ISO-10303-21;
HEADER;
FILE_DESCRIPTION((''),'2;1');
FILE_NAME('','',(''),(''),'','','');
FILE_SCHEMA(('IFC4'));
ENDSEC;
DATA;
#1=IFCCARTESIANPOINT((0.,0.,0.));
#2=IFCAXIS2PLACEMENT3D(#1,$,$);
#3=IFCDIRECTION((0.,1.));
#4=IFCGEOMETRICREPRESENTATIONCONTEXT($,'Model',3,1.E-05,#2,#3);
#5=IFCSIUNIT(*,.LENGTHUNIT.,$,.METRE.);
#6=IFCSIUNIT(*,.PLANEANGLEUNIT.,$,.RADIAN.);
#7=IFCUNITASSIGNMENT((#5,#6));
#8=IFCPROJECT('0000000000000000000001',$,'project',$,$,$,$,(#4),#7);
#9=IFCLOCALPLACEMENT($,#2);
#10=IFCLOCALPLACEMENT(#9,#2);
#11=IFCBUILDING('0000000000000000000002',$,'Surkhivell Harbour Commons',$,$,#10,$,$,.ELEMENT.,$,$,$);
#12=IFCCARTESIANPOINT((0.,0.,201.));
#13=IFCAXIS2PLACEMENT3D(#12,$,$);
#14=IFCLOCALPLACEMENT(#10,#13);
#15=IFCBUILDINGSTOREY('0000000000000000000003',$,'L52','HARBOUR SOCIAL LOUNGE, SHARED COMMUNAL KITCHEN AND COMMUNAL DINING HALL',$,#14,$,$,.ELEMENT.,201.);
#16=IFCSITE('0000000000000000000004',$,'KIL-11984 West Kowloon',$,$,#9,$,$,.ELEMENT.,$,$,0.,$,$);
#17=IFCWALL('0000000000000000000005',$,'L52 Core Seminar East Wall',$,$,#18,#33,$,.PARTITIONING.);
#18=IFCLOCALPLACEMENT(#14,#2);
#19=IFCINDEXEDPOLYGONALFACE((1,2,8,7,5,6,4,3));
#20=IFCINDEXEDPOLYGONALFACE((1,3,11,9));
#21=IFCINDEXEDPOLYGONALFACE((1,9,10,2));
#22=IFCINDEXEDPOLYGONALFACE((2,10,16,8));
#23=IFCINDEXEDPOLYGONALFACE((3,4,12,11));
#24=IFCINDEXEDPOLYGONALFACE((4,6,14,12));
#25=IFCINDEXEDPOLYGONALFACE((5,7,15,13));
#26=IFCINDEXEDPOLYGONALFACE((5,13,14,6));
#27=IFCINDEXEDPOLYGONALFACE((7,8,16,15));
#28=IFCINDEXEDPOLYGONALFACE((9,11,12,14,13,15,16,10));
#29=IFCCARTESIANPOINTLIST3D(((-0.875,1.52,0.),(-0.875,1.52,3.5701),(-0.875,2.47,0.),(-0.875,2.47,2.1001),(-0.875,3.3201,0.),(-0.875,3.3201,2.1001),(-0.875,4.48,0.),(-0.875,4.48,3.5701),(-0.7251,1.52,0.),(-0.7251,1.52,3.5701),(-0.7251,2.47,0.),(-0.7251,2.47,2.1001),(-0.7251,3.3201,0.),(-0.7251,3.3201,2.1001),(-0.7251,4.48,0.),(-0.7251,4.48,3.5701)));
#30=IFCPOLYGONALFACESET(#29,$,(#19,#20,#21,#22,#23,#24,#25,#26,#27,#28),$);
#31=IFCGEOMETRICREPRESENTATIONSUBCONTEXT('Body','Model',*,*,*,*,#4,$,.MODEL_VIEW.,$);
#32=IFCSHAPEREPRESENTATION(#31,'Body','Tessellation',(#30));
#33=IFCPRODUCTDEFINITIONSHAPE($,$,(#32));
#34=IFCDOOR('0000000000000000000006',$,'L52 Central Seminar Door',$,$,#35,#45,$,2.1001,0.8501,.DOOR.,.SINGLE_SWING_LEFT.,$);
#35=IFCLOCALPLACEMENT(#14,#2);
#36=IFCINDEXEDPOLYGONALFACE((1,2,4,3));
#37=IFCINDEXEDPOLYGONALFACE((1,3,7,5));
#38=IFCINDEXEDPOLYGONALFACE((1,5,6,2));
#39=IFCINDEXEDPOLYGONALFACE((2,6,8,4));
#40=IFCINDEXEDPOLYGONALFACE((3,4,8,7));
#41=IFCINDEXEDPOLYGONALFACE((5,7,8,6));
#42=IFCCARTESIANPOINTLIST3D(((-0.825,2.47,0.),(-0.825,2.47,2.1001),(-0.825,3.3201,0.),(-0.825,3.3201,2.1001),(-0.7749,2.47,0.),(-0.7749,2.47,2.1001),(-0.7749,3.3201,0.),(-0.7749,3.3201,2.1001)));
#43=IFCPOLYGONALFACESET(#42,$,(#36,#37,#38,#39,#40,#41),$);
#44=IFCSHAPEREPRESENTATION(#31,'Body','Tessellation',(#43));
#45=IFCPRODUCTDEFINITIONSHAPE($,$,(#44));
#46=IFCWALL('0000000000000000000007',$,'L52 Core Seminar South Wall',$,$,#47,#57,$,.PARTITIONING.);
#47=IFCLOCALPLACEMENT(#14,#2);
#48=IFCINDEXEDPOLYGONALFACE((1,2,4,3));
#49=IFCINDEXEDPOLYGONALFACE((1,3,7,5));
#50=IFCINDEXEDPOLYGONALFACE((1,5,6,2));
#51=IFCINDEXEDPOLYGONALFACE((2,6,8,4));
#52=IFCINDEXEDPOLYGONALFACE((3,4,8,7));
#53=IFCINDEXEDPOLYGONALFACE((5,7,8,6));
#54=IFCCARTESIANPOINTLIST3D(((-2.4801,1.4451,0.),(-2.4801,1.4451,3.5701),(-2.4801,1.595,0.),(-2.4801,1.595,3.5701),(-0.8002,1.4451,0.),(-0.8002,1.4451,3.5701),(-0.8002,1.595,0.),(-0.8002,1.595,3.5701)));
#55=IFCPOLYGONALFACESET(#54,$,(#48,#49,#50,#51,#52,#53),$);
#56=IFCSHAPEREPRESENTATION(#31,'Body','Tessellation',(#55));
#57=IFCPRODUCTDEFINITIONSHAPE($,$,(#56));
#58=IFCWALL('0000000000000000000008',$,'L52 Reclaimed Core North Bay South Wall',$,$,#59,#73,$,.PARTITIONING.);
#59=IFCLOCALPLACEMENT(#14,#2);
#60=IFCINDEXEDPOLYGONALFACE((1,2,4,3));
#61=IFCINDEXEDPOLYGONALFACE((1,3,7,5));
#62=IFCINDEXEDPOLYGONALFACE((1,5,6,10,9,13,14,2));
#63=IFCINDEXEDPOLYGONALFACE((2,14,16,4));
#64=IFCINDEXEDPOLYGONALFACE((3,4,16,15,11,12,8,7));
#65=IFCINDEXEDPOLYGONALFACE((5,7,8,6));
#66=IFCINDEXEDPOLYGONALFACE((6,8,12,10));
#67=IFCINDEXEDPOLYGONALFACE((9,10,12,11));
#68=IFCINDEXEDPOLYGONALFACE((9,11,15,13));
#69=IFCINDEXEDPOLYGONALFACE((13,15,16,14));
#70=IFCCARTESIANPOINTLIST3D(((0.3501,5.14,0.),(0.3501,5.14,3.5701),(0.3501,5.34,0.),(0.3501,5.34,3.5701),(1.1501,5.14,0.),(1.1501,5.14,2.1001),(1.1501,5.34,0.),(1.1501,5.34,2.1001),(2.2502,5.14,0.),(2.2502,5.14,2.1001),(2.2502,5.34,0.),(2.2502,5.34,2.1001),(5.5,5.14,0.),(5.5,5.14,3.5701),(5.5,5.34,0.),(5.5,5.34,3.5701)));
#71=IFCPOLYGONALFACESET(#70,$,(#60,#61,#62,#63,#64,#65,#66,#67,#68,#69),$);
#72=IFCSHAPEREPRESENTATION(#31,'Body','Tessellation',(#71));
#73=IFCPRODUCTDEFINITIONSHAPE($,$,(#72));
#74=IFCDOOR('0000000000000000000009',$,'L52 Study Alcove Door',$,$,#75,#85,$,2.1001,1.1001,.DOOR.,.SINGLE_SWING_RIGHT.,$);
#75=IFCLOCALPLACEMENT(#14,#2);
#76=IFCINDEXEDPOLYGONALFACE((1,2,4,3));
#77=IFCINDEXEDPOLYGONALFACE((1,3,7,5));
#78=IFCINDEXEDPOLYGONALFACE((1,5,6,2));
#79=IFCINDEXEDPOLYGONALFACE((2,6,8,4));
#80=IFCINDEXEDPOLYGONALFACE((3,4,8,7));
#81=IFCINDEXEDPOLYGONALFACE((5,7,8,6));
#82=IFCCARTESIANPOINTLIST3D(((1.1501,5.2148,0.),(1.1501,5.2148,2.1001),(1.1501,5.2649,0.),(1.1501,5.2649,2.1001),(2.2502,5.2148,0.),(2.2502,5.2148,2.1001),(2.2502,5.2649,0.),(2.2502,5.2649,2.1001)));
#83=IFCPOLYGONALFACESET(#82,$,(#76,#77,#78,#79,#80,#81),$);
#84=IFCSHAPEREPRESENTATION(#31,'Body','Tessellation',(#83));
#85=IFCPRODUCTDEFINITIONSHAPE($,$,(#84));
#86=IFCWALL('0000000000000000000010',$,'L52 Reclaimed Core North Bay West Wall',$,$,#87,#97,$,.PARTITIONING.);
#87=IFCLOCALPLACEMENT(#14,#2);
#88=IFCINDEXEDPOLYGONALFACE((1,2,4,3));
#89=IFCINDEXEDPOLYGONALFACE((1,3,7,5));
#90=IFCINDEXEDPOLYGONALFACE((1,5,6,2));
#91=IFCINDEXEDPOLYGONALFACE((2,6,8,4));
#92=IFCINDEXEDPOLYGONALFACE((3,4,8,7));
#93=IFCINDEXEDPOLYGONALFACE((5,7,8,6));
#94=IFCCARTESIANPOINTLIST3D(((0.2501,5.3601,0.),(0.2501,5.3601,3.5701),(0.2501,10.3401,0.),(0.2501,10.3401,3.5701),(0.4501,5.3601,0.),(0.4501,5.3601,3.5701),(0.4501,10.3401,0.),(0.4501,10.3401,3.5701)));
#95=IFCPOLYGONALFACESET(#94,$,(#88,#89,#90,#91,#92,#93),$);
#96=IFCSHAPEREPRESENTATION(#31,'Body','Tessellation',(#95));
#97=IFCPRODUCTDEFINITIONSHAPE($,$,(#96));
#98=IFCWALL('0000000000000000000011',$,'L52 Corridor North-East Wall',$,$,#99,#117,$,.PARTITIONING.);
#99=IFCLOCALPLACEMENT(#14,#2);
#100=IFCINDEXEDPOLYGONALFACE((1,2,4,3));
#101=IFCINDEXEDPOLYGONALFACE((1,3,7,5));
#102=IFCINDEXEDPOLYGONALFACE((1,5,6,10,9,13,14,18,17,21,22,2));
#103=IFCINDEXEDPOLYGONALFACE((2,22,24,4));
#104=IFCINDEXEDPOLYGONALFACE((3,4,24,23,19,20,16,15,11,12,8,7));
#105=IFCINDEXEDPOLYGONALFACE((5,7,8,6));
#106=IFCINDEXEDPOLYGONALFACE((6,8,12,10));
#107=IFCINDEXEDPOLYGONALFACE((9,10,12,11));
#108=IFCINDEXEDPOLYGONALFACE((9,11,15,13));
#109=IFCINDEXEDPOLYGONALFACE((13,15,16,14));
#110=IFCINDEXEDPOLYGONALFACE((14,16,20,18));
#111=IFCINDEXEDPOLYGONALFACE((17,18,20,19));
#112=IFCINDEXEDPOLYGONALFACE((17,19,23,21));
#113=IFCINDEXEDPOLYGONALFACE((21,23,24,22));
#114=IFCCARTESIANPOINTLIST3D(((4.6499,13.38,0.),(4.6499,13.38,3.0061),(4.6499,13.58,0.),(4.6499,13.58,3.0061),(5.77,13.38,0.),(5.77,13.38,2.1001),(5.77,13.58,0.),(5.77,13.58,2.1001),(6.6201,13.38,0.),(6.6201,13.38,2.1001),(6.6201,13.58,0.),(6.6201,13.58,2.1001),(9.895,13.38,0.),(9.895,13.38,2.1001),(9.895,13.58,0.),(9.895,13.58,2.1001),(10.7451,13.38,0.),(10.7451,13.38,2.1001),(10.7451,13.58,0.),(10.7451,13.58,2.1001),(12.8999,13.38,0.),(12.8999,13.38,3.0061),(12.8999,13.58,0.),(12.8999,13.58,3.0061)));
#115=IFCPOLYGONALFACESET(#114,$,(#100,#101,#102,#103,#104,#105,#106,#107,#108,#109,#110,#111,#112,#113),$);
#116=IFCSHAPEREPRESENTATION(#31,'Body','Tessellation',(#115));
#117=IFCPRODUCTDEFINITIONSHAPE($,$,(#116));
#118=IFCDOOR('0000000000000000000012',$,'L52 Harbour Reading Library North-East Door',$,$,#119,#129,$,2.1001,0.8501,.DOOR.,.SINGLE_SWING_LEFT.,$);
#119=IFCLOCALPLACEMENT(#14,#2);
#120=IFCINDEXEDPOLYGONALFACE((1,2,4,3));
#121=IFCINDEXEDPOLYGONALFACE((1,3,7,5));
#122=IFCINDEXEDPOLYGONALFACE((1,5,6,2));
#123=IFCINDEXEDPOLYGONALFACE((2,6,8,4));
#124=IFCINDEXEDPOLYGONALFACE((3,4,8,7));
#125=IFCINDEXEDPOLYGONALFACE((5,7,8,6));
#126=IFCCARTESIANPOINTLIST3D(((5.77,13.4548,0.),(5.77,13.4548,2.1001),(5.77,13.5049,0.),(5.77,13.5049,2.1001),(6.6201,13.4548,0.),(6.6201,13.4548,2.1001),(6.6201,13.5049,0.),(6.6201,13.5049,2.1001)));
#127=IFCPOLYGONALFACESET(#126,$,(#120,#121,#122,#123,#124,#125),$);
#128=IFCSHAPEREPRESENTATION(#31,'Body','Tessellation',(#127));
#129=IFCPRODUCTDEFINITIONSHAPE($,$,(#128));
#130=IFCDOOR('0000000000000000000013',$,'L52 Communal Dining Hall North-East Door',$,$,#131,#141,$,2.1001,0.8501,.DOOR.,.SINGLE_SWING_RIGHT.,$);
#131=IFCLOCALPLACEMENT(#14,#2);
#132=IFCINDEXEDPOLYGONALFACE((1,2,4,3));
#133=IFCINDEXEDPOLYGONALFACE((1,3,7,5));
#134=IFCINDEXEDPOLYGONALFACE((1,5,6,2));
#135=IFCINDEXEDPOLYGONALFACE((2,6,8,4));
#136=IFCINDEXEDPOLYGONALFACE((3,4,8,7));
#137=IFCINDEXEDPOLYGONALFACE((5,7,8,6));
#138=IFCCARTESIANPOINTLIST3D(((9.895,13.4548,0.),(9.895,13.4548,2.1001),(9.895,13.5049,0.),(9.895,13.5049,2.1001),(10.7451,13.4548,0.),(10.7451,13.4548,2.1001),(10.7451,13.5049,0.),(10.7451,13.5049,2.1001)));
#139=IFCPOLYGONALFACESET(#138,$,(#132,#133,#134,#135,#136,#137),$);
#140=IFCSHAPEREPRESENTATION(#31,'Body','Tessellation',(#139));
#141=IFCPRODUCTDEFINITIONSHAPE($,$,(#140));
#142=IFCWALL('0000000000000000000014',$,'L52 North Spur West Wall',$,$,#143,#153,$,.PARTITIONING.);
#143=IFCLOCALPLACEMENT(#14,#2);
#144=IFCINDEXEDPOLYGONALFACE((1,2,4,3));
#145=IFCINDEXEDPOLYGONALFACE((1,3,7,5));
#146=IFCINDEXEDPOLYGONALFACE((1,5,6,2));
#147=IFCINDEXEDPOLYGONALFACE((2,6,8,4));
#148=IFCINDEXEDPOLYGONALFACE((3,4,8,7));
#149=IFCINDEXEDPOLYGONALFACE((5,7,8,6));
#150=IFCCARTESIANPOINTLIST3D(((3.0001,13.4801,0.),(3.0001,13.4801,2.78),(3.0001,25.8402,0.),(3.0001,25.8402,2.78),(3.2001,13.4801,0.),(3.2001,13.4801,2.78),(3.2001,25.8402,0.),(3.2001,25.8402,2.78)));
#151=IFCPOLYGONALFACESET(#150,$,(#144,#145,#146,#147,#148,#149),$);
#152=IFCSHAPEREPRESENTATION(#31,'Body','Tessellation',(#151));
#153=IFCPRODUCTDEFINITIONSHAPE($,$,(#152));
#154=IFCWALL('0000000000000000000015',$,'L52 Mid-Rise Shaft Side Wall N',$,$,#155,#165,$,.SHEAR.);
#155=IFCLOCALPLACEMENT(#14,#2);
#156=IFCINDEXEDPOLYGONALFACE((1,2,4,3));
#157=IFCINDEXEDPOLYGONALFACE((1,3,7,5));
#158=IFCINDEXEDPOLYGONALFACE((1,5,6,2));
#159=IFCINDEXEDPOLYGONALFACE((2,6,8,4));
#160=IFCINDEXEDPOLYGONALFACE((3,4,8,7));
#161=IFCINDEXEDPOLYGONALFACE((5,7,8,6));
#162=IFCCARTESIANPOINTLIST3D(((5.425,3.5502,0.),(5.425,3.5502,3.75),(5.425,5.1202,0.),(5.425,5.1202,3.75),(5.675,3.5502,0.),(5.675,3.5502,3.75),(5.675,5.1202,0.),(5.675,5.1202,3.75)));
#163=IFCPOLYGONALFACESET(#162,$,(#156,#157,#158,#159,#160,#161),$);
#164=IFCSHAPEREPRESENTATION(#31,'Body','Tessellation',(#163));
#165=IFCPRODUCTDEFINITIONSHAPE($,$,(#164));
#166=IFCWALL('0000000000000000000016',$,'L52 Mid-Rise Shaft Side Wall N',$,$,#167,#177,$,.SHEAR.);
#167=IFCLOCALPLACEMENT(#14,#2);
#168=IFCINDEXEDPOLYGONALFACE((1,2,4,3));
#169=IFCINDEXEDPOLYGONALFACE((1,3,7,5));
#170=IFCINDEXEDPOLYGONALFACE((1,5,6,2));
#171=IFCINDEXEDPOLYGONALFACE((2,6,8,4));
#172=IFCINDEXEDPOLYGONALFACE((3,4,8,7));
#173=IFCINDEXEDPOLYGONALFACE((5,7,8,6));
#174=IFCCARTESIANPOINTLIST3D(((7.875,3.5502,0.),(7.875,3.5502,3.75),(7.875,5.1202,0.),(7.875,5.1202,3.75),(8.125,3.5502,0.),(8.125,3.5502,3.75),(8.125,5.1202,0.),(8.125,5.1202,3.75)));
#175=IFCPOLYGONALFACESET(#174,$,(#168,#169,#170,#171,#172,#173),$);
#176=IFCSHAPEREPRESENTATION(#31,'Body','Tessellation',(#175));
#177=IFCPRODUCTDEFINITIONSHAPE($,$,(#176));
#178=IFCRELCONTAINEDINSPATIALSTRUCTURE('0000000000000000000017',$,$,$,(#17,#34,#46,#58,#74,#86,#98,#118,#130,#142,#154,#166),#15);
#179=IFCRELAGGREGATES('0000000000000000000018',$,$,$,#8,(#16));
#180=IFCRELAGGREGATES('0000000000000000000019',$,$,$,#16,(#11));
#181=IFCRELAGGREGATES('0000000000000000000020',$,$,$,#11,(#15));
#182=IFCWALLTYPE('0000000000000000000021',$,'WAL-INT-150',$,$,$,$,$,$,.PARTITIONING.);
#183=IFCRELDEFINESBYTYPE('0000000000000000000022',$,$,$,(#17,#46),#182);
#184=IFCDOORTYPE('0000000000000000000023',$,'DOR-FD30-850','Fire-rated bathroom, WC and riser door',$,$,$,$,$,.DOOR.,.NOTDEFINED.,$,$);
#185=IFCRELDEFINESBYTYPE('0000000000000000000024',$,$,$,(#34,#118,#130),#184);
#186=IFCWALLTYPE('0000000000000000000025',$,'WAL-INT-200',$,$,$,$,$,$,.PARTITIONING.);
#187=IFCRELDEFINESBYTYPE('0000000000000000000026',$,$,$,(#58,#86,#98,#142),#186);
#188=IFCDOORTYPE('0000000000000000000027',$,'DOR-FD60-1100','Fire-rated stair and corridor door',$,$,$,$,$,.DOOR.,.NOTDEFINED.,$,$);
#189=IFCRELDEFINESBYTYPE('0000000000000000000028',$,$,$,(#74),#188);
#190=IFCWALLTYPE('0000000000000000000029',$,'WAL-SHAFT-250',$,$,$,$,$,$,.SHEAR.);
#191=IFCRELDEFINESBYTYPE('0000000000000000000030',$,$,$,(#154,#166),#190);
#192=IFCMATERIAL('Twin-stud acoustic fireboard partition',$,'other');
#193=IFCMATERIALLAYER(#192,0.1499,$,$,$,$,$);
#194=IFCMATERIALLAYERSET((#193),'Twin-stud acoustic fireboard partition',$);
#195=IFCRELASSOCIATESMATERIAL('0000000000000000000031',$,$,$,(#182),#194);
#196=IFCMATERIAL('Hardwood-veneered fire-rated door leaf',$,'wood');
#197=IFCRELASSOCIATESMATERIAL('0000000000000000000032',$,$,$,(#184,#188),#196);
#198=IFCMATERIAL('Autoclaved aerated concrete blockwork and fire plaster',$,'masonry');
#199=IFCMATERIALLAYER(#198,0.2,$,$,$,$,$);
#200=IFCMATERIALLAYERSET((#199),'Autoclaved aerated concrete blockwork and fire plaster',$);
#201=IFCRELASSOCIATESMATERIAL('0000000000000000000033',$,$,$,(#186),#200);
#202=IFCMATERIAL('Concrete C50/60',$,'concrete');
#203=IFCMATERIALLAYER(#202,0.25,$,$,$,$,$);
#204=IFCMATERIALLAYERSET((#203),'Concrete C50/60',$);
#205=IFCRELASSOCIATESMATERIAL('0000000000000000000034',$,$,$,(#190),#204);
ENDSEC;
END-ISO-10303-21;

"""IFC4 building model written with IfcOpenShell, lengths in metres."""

from ifc_helpers import new_model, si_unit, direction, frame, frame_2d, origin, place, context, subcontext, project, spatial, rectangle, extrude, material, layer, layer_set, type_object, element, fill, save


model = new_model("IFC4")

# Units and contexts
model_context = context("Model", 3, precision=1e-05, world=origin(), true_north=direction((0.0, 1.0)))
body_context = subcontext(model_context, "Body", "Model", "MODEL_VIEW")
ifc_project = project(units=[si_unit("LENGTHUNIT", "METRE"), si_unit("PLANEANGLEUNIT", "RADIAN")], contexts=[model_context])

# Site, building, storey
site_placement = place(None, origin())
site = spatial("IfcSite", under=ifc_project, at=site_placement, Name="KIL-11984 West Kowloon", CompositionType="ELEMENT", RefElevation=0.0)
building_placement = place(site_placement, origin())
building = spatial("IfcBuilding", under=site, at=building_placement, Name="Surkhivell Harbour Commons", CompositionType="ELEMENT")
storey_placement = place(building_placement, frame((0.0, 0.0, 201.0)))
storey = spatial("IfcBuildingStorey", under=building, at=storey_placement, Name="L52", Description="HARBOUR SOCIAL LOUNGE, SHARED COMMUNAL KITCHEN AND COMMUNAL DINING HALL", CompositionType="ELEMENT", Elevation=201.0)

# Shared definitions
ifc_material_1 = material(Name="Twin-stud acoustic fireboard partition", Category="other")
ifc_layer_1 = layer(ifc_material_1, 0.1499)
ifc_layer_set_1 = layer_set([ifc_layer_1], Name="Twin-stud acoustic fireboard partition")
wall_type_1 = type_object("IfcWallType", Name="WAL-INT-150", PredefinedType="PARTITIONING", material=ifc_layer_set_1)

# Wall, opening, door
ifc_material_2 = material(Name="Hardwood-veneered fire-rated door leaf", Category="wood")
door_type_1 = type_object("IfcDoorType", Name="DOR-FD30-850", Description="Fire-rated bathroom, WC and riser door", OperationType="NOTDEFINED", PredefinedType="DOOR", material=ifc_material_2)
wall_1_placement = place(storey_placement, frame((-0.8, 1.52, 0.0), z_axis=(0.0, 0.0, 1.0), x_axis=(0.0, 1.0, 0.0)))
wall_1 = element("IfcWall", 1, at=wall_1_placement, inside=storey, type_object=wall_type_1, Name="L52 Core Seminar East Wall", PredefinedType="PARTITIONING", context=body_context, shape_type="SweptSolid", body=[
    extrude(rectangle(XDim=2.96, YDim=0.1499, at=frame_2d((1.48, 0.0))), origin(), (0.0, 0.0, 1.0), 3.5701),
])
opening_1_placement = place(wall_1_placement, frame((0.95, 0.0, 0.0)))
opening_1 = element("IfcOpeningElement", 2, at=opening_1_placement, cuts=wall_1, PredefinedType="OPENING", context=body_context, shape_type="SweptSolid", body=[
    extrude(rectangle(XDim=0.8501, YDim=2.1001, at=frame_2d((0.425, 1.05))), frame((0.0, 0.085, 0.0), z_axis=(0.0, -1.0, 0.0), x_axis=(1.0, 0.0, 0.0)), (0.0, 0.0, 1.0), 0.1699),
])
door_1_placement = place(opening_1_placement, origin())
door_1 = element("IfcDoor", 3, at=door_1_placement, inside=storey, type_object=door_type_1, Name="L52 Central Seminar Door", OperationType="SINGLE_SWING_LEFT", OverallHeight=2.1001, OverallWidth=0.8501, PredefinedType="DOOR", context=body_context, shape_type="SweptSolid", body=[
    extrude(rectangle(XDim=0.8501, YDim=2.1001, at=frame_2d((0.425, 1.05))), frame((0.0, 0.0249, 0.0), z_axis=(0.0, -1.0, 0.0), x_axis=(1.0, 0.0, 0.0)), (0.0, 0.0, 1.0), 0.05),
])
fill(opening_1, door_1)

# Wall
wall_2_placement = place(storey_placement, frame((-2.48, 1.52, 0.0), z_axis=(0.0, 0.0, 1.0), x_axis=(1.0, 0.0, 0.0)))
element("IfcWall", 4, at=wall_2_placement, inside=storey, type_object=wall_type_1, Name="L52 Core Seminar South Wall", PredefinedType="PARTITIONING", context=body_context, shape_type="SweptSolid", body=[
    extrude(rectangle(XDim=1.6799, YDim=0.1499, at=frame_2d((0.8398, 0.0))), origin(), (0.0, 0.0, 1.0), 3.5701),
])

# Wall, opening, door
ifc_material_3 = material(Name="Autoclaved aerated concrete blockwork and fire plaster", Category="masonry")
ifc_layer_2 = layer(ifc_material_3, 0.2)
ifc_layer_set_2 = layer_set([ifc_layer_2], Name="Autoclaved aerated concrete blockwork and fire plaster")
wall_type_2 = type_object("IfcWallType", Name="WAL-INT-200", PredefinedType="PARTITIONING", material=ifc_layer_set_2)
wall_3_placement = place(storey_placement, frame((0.3501, 5.24, 0.0), z_axis=(0.0, 0.0, 1.0), x_axis=(1.0, 0.0, 0.0)))
wall_3 = element("IfcWall", 5, at=wall_3_placement, inside=storey, type_object=wall_type_2, Name="L52 Reclaimed Core North Bay South Wall", PredefinedType="PARTITIONING", context=body_context, shape_type="SweptSolid", body=[
    extrude(rectangle(XDim=5.1499, YDim=0.2, at=frame_2d((2.575, 0.0))), origin(), (0.0, 0.0, 1.0), 3.5701),
])
opening_2_placement = place(wall_3_placement, frame((0.8, 0.0, 0.0)))
opening_2 = element("IfcOpeningElement", 6, at=opening_2_placement, cuts=wall_3, PredefinedType="OPENING", context=body_context, shape_type="SweptSolid", body=[
    extrude(rectangle(XDim=1.1001, YDim=2.1001, at=frame_2d((0.55, 1.05))), frame((0.0, 0.1099, 0.0), z_axis=(0.0, -1.0, 0.0), x_axis=(1.0, 0.0, 0.0)), (0.0, 0.0, 1.0), 0.22),
])
door_type_2 = type_object("IfcDoorType", Name="DOR-FD60-1100", Description="Fire-rated stair and corridor door", OperationType="NOTDEFINED", PredefinedType="DOOR", material=ifc_material_2)
door_2_placement = place(opening_2_placement, origin())
door_2 = element("IfcDoor", 7, at=door_2_placement, inside=storey, type_object=door_type_2, Name="L52 Study Alcove Door", OperationType="SINGLE_SWING_RIGHT", OverallHeight=2.1001, OverallWidth=1.1001, PredefinedType="DOOR", context=body_context, shape_type="SweptSolid", body=[
    extrude(rectangle(XDim=1.1001, YDim=2.1001, at=frame_2d((0.55, 1.05))), frame((0.0, 0.0249, 0.0), z_axis=(0.0, -1.0, 0.0), x_axis=(1.0, 0.0, 0.0)), (0.0, 0.0, 1.0), 0.05),
])
fill(opening_2, door_2)

# Wall
wall_4_placement = place(storey_placement, frame((0.3501, 5.3601, 0.0), z_axis=(0.0, 0.0, 1.0), x_axis=(0.0, 1.0, 0.0)))
element("IfcWall", 8, at=wall_4_placement, inside=storey, type_object=wall_type_2, Name="L52 Reclaimed Core North Bay West Wall", PredefinedType="PARTITIONING", context=body_context, shape_type="SweptSolid", body=[
    extrude(rectangle(XDim=4.98, YDim=0.2, at=frame_2d((2.49, 0.0))), origin(), (0.0, 0.0, 1.0), 3.5701),
])

# Wall, openings, doors
wall_5_placement = place(storey_placement, frame((4.6499, 13.48, 0.0), z_axis=(0.0, 0.0, 1.0), x_axis=(1.0, 0.0, 0.0)))
wall_5 = element("IfcWall", 9, at=wall_5_placement, inside=storey, type_object=wall_type_2, Name="L52 Corridor North-East Wall", PredefinedType="PARTITIONING", context=body_context, shape_type="SweptSolid", body=[
    extrude(rectangle(XDim=8.25, YDim=0.2, at=frame_2d((4.125, 0.0))), origin(), (0.0, 0.0, 1.0), 3.0061),
])
opening_3_placement = place(wall_5_placement, frame((1.1201, 0.0, 0.0)))
opening_3 = element("IfcOpeningElement", 10, at=opening_3_placement, cuts=wall_5, PredefinedType="OPENING", context=body_context, shape_type="SweptSolid", body=[
    extrude(rectangle(XDim=0.8501, YDim=2.1001, at=frame_2d((0.425, 1.05))), frame((0.0, 0.1099, 0.0), z_axis=(0.0, -1.0, 0.0), x_axis=(1.0, 0.0, 0.0)), (0.0, 0.0, 1.0), 0.22),
])
opening_4_placement = place(wall_5_placement, frame((5.2451, 0.0, 0.0)))
opening_4 = element("IfcOpeningElement", 11, at=opening_4_placement, cuts=wall_5, PredefinedType="OPENING", context=body_context, shape_type="SweptSolid", body=[
    extrude(rectangle(XDim=0.8501, YDim=2.1001, at=frame_2d((0.425, 1.05))), frame((0.0, 0.1099, 0.0), z_axis=(0.0, -1.0, 0.0), x_axis=(1.0, 0.0, 0.0)), (0.0, 0.0, 1.0), 0.22),
])
door_3_placement = place(opening_3_placement, origin())
door_3 = element("IfcDoor", 12, at=door_3_placement, inside=storey, type_object=door_type_1, Name="L52 Harbour Reading Library North-East Door", OperationType="SINGLE_SWING_LEFT", OverallHeight=2.1001, OverallWidth=0.8501, PredefinedType="DOOR", context=body_context, shape_type="SweptSolid", body=[
    extrude(rectangle(XDim=0.8501, YDim=2.1001, at=frame_2d((0.425, 1.05))), frame((0.0, 0.0249, 0.0), z_axis=(0.0, -1.0, 0.0), x_axis=(1.0, 0.0, 0.0)), (0.0, 0.0, 1.0), 0.05),
])
fill(opening_3, door_3)
door_4_placement = place(opening_4_placement, origin())
door_4 = element("IfcDoor", 13, at=door_4_placement, inside=storey, type_object=door_type_1, Name="L52 Communal Dining Hall North-East Door", OperationType="SINGLE_SWING_RIGHT", OverallHeight=2.1001, OverallWidth=0.8501, PredefinedType="DOOR", context=body_context, shape_type="SweptSolid", body=[
    extrude(rectangle(XDim=0.8501, YDim=2.1001, at=frame_2d((0.425, 1.05))), frame((0.0, 0.0249, 0.0), z_axis=(0.0, -1.0, 0.0), x_axis=(1.0, 0.0, 0.0)), (0.0, 0.0, 1.0), 0.05),
])
fill(opening_4, door_4)

# Walls
wall_6_placement = place(storey_placement, frame((3.1001, 13.48, 0.0), z_axis=(0.0, 0.0, 1.0), x_axis=(0.0, 1.0, 0.0)))
element("IfcWall", 14, at=wall_6_placement, inside=storey, type_object=wall_type_2, Name="L52 North Spur West Wall", PredefinedType="PARTITIONING", context=body_context, shape_type="SweptSolid", body=[
    extrude(rectangle(XDim=12.3601, YDim=0.2, at=frame_2d((6.1802, 0.0))), origin(), (0.0, 0.0, 1.0), 2.78),
])
ifc_material_4 = material(Name="Concrete C50/60", Category="concrete")
ifc_layer_3 = layer(ifc_material_4, 0.25)
ifc_layer_set_3 = layer_set([ifc_layer_3], Name="Concrete C50/60")
wall_type_3 = type_object("IfcWallType", Name="WAL-SHAFT-250", PredefinedType="SHEAR", material=ifc_layer_set_3)
for number, where, z_axis, x_axis, name in (
    (15, (5.55, 3.55, 0.0), (0.0, 0.0, 1.0), (0.0, 1.0, 0.0), "L52 Mid-Rise Shaft Side Wall N"),
    (16, (8.0, 3.55, 0.0), (0.0, 0.0, 1.0), (0.0, 1.0, 0.0), "L52 Mid-Rise Shaft Side Wall N"),
):
    element("IfcWall", number, at=place(storey_placement, frame(where, z_axis=z_axis, x_axis=x_axis)), inside=storey, type_object=wall_type_3, Name=name, PredefinedType="SHEAR", context=body_context, shape_type="SweptSolid", body=[
        extrude(rectangle(XDim=1.5701, YDim=0.25, at=frame_2d((0.7852, 0.0))), origin(), (0.0, 0.0, 1.0), 3.75),
    ])

save(model, "model.ifc")
